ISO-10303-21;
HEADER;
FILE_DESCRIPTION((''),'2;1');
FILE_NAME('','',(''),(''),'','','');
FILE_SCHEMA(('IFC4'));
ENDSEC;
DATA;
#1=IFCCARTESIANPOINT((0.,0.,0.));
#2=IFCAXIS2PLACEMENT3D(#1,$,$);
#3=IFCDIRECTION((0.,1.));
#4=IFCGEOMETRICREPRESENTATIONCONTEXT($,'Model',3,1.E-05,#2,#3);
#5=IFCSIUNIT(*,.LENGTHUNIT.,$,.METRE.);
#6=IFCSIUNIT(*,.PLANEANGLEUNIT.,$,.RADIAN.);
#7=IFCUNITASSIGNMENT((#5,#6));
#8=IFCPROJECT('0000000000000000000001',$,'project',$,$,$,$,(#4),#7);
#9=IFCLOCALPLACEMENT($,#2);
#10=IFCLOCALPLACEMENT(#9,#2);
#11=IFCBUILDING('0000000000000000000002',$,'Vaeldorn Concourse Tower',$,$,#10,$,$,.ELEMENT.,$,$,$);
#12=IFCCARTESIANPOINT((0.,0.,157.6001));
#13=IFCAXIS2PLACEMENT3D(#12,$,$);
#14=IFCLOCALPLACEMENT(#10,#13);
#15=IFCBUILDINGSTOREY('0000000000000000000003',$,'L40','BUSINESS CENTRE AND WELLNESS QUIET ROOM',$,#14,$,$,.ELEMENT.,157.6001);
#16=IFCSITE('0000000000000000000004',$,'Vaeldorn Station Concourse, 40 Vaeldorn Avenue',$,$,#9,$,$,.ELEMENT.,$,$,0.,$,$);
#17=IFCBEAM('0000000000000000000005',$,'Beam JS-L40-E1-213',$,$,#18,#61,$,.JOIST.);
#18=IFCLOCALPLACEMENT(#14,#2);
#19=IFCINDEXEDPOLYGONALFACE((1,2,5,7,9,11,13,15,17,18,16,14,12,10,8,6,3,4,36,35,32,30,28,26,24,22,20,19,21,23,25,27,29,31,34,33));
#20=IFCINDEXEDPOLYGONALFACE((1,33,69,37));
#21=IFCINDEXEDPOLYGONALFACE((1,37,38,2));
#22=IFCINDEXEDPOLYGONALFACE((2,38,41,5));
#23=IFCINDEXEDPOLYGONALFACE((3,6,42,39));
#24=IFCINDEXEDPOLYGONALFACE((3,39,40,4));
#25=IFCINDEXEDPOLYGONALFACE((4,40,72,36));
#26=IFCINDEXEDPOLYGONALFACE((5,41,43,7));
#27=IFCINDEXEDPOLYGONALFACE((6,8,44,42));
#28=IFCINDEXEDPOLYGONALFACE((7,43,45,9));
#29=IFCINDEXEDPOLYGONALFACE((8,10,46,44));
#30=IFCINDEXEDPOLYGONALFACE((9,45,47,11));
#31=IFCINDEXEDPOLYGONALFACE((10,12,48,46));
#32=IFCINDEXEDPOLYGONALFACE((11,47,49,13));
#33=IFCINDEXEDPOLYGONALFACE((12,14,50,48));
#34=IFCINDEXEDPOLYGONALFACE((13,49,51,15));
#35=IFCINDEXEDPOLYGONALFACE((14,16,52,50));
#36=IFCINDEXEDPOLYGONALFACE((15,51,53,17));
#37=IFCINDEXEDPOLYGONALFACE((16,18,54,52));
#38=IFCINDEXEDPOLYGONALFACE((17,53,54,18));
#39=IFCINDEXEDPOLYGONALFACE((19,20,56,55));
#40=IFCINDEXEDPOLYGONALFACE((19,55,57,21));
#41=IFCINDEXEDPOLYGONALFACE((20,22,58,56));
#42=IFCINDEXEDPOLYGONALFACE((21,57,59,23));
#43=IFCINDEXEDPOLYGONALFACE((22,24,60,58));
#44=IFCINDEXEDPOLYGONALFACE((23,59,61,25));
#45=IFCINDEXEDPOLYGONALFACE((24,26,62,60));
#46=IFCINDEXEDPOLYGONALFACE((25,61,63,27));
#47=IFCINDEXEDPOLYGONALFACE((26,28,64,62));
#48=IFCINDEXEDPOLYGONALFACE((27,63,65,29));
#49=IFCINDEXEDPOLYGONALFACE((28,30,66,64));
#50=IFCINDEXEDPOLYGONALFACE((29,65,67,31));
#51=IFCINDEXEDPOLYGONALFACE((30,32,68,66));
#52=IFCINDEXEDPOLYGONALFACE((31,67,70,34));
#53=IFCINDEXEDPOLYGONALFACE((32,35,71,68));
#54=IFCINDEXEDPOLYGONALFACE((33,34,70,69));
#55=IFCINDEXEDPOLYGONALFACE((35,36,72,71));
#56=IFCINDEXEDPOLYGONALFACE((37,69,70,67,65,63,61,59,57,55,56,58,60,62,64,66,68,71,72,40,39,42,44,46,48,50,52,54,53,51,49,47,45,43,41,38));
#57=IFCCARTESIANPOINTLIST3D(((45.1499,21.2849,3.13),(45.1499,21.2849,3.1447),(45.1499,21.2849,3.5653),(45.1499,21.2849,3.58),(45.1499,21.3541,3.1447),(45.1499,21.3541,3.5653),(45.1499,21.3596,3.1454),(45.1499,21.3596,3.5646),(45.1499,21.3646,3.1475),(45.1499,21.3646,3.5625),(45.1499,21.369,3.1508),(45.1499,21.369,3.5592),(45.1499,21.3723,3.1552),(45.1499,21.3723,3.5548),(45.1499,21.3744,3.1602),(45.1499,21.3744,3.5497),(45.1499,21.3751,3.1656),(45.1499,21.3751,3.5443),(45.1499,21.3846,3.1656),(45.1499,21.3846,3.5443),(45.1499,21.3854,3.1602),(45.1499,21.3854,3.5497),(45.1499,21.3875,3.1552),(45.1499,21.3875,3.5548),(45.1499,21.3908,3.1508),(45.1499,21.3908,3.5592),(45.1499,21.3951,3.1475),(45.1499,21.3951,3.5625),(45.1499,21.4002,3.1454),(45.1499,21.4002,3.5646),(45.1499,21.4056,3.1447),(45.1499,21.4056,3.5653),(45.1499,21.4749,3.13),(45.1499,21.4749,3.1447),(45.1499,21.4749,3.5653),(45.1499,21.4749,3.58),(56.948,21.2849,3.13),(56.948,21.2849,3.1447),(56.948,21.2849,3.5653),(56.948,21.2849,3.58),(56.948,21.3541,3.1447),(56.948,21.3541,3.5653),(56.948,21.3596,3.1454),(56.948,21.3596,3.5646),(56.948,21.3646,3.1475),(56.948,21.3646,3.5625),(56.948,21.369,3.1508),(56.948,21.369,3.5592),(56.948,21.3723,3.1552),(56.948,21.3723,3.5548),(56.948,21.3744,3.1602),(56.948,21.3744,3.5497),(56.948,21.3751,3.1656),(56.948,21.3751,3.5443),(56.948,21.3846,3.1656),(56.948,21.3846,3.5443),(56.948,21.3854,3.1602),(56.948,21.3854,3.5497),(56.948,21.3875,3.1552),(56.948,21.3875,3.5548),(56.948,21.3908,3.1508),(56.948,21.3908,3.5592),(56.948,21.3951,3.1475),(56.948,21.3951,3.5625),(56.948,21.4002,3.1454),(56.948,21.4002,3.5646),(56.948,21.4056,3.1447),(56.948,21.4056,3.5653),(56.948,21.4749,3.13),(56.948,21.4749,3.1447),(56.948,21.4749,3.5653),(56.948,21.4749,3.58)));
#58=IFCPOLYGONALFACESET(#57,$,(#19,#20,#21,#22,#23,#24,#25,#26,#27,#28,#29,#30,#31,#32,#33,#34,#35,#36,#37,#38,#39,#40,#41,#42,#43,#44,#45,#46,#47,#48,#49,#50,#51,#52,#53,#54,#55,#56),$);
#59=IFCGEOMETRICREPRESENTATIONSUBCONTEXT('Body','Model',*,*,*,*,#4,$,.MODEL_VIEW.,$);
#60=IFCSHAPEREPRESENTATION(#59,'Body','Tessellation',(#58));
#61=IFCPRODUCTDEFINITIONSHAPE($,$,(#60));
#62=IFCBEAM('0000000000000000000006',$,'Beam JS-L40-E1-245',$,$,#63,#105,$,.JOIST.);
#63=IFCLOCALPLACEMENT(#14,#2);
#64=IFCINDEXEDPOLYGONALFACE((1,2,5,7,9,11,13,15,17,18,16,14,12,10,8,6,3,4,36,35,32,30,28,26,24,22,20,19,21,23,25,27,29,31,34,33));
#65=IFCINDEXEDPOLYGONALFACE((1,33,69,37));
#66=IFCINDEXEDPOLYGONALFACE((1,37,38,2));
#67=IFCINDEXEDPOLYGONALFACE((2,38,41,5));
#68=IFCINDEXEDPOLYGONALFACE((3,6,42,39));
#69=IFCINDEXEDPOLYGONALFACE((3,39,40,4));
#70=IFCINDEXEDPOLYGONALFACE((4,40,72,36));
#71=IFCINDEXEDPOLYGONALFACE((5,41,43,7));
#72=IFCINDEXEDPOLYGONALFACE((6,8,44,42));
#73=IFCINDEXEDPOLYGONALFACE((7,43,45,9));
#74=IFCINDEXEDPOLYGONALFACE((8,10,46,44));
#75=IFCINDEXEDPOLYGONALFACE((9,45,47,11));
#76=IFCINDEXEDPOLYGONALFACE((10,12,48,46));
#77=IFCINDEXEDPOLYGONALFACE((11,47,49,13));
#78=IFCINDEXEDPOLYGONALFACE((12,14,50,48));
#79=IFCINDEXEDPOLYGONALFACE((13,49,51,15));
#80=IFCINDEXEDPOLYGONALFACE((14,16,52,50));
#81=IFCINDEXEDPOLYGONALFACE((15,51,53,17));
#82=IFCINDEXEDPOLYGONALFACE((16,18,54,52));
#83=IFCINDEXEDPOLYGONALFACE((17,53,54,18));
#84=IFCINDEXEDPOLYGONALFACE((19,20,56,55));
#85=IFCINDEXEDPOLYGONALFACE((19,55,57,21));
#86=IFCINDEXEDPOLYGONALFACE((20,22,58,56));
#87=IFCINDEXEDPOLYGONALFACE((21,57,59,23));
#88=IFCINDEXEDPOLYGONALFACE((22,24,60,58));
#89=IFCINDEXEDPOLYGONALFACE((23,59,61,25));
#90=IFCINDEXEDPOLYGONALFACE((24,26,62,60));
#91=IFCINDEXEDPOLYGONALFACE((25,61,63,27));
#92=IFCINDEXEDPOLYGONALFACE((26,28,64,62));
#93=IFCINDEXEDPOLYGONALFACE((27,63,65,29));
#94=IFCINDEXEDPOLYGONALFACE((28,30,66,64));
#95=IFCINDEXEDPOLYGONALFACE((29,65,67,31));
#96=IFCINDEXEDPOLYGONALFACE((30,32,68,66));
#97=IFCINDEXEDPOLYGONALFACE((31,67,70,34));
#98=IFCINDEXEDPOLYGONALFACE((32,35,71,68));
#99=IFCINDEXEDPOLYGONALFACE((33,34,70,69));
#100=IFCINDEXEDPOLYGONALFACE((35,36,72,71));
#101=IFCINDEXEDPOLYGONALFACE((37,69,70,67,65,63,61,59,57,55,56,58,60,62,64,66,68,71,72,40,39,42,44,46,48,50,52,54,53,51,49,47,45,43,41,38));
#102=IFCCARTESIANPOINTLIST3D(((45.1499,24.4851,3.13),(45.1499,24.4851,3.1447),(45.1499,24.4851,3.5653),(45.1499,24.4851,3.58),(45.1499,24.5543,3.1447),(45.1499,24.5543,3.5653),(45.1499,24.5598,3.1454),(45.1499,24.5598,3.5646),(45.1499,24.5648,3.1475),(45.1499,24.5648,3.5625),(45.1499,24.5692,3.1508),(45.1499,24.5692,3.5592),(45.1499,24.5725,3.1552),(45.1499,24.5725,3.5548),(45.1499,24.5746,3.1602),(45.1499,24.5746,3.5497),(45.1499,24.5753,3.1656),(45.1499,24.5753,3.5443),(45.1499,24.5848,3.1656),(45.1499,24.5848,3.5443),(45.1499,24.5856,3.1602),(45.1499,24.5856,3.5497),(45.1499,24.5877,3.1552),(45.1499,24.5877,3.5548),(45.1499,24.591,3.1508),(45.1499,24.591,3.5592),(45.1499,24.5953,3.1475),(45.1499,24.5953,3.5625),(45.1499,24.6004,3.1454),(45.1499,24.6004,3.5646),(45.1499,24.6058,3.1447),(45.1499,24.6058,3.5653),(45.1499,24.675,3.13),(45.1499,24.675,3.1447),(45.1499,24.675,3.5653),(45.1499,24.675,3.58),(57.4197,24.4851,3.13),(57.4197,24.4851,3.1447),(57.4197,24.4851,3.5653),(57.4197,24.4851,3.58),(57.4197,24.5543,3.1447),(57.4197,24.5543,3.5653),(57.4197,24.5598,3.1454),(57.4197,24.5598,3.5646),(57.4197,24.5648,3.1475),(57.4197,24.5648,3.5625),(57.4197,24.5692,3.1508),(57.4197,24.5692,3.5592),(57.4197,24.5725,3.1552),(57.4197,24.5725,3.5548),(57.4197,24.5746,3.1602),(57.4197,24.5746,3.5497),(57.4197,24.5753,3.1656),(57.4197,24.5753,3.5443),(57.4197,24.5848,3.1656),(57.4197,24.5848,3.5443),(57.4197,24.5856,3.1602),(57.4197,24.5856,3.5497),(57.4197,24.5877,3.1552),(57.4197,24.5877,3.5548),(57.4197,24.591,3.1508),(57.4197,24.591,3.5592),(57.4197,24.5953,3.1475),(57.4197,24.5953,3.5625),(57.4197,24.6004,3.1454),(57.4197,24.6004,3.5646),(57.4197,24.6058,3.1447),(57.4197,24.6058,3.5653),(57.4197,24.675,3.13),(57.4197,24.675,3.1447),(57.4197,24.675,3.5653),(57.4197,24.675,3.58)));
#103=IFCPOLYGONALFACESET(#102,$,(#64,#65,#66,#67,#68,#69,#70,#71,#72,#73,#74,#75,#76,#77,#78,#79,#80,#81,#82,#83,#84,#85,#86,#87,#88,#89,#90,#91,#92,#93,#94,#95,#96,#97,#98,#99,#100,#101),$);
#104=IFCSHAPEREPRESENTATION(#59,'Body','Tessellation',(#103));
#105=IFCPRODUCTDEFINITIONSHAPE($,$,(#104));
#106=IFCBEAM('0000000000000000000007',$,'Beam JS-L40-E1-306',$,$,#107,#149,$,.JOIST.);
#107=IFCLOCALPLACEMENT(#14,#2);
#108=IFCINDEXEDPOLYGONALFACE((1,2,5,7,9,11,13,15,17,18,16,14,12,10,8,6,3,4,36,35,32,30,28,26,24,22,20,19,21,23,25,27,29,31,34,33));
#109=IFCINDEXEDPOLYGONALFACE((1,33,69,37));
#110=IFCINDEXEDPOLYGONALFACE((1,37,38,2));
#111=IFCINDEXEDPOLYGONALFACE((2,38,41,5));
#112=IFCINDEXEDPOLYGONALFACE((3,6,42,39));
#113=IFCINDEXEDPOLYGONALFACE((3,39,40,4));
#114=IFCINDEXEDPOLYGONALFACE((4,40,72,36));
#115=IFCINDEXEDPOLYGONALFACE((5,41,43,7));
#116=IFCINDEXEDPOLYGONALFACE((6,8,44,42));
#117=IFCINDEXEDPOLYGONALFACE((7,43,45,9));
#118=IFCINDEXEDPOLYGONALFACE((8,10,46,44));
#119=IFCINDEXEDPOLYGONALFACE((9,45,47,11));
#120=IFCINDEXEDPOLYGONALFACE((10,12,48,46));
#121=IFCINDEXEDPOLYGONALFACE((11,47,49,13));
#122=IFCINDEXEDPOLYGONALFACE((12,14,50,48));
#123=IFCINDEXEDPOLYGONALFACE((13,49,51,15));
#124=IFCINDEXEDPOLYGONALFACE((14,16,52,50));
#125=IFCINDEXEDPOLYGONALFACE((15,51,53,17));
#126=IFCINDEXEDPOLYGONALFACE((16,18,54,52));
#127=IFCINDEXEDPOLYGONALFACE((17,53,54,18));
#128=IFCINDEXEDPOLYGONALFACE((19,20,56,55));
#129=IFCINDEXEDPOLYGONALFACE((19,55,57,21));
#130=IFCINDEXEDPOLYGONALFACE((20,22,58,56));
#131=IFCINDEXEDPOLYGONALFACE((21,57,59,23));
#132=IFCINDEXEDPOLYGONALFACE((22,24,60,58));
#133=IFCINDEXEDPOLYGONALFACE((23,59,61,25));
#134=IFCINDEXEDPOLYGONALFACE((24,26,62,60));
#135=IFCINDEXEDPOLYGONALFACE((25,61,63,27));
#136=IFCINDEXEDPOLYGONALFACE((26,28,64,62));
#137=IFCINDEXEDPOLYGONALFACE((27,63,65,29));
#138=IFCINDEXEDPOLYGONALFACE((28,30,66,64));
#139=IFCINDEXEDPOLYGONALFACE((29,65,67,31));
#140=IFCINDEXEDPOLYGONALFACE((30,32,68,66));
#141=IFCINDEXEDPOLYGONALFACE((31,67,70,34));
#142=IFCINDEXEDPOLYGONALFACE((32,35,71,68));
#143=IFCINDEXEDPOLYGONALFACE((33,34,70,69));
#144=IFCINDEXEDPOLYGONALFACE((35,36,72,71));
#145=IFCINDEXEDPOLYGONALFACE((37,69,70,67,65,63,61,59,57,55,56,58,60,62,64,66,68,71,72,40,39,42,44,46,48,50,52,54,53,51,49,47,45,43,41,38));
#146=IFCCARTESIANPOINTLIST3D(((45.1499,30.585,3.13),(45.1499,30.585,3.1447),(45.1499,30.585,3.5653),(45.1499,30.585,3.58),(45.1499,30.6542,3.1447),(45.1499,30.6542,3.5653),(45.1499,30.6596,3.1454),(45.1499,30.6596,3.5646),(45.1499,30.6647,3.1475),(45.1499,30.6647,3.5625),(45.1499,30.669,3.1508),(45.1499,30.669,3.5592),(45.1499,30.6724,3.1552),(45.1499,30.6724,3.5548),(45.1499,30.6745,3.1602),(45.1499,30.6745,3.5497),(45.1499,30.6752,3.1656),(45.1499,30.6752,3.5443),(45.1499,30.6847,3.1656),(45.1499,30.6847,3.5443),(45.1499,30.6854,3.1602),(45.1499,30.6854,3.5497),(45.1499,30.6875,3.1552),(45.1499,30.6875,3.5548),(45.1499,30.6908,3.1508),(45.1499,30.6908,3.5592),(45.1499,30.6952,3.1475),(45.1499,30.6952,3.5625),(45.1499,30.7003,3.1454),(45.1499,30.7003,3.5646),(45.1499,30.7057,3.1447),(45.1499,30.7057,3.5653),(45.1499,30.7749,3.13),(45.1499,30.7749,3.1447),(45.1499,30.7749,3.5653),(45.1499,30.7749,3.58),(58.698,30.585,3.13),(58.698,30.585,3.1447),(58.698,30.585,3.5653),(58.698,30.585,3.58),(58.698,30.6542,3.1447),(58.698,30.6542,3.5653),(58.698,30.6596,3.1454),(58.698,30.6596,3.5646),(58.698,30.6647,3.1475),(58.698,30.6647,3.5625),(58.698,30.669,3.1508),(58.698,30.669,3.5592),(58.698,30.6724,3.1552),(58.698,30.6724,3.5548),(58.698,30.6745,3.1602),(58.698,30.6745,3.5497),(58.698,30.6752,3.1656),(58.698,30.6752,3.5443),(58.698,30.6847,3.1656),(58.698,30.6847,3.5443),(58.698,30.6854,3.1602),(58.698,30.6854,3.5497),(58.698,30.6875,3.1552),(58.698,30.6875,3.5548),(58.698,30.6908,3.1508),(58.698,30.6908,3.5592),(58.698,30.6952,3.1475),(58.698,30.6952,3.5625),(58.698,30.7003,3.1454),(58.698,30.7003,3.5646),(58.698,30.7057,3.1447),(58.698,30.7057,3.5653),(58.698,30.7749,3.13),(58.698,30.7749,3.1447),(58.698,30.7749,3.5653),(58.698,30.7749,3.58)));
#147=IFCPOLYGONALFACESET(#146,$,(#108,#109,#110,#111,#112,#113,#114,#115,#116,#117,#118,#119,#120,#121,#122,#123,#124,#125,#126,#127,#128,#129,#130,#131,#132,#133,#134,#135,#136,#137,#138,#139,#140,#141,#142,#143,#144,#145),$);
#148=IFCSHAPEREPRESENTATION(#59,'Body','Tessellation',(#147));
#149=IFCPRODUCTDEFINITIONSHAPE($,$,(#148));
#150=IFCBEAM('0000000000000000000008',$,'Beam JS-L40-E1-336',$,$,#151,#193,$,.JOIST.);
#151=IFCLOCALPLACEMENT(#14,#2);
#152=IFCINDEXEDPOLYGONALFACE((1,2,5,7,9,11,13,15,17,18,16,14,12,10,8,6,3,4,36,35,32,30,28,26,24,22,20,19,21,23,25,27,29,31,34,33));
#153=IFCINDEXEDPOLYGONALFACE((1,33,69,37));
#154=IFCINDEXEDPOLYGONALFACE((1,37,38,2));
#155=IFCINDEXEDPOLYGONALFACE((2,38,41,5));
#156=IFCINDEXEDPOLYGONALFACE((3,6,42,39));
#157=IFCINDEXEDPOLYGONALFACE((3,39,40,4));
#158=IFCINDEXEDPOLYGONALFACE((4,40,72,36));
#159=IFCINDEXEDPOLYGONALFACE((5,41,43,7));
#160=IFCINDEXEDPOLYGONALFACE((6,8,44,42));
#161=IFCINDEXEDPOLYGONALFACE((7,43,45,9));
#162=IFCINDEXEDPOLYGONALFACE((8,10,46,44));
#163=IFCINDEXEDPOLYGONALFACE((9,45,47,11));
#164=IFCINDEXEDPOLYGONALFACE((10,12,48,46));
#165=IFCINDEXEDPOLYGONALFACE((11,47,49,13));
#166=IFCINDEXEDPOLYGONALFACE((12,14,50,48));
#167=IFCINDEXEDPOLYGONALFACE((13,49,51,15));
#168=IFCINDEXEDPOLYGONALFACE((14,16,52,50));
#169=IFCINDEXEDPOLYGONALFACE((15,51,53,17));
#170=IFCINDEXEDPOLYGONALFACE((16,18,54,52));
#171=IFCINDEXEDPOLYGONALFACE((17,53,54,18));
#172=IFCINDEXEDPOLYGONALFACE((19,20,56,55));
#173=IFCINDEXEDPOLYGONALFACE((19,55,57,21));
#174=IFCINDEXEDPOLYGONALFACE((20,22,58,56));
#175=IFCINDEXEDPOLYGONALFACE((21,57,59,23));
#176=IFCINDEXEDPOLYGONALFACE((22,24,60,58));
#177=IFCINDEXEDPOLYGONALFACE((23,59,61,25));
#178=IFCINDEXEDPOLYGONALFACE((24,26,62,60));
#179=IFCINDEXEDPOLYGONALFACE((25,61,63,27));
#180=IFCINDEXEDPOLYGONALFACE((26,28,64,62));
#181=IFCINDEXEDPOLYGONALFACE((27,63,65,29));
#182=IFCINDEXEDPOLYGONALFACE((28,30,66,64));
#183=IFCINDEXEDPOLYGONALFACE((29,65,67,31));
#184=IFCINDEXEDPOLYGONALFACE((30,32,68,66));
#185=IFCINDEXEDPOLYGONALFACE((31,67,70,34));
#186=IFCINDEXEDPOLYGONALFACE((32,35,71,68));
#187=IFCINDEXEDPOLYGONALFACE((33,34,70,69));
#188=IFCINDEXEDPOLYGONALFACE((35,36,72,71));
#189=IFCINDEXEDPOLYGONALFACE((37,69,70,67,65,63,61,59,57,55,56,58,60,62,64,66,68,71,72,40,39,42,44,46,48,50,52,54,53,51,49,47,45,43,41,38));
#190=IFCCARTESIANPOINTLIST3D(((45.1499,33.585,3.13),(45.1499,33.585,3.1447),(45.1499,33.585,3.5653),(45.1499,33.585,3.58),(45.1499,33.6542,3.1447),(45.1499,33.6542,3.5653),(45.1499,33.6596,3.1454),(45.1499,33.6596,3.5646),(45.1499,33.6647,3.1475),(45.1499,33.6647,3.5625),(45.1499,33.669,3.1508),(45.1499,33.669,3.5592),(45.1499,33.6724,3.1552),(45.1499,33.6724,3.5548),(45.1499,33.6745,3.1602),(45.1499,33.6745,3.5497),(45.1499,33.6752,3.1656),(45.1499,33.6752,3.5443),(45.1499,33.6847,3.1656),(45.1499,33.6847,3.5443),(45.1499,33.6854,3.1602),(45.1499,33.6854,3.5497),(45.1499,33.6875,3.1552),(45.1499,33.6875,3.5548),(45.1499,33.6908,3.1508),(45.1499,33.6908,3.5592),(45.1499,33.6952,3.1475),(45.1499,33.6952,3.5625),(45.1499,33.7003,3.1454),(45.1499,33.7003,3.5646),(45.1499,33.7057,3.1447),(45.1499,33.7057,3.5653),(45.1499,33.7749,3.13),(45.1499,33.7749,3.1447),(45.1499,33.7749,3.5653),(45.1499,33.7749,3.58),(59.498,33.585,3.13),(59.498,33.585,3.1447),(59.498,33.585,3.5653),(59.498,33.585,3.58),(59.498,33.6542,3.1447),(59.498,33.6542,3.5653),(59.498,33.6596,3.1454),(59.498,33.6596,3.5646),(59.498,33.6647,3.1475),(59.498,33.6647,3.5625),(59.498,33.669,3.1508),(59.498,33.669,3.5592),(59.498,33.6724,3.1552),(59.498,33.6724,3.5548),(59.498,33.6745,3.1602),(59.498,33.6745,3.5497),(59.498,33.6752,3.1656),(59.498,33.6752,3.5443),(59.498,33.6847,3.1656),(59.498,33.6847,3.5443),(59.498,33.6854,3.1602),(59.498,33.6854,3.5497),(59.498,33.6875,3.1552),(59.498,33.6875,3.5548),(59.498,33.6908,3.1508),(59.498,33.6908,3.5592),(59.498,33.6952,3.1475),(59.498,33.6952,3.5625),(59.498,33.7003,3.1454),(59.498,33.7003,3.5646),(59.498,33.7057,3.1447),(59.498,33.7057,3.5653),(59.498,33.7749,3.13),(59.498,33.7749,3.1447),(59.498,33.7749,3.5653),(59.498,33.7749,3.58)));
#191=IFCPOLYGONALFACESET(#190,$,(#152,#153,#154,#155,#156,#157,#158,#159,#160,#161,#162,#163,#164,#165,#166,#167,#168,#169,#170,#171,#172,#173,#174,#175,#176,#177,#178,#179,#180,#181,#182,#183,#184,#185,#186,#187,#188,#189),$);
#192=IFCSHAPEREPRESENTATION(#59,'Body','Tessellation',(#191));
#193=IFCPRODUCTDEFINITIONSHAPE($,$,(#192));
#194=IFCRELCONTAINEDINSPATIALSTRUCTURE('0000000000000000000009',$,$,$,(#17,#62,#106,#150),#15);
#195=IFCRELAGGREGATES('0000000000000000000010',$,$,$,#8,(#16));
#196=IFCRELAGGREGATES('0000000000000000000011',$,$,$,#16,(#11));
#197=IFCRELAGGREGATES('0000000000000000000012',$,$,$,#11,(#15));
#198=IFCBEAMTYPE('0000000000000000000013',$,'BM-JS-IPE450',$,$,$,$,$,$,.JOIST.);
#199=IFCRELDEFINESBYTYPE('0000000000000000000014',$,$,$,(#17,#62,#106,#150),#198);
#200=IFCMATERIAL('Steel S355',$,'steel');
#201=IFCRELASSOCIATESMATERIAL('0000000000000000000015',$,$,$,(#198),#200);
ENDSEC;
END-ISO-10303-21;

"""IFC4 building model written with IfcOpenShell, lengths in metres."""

from ifc_helpers import new_model, si_unit, direction, frame, origin, origin_2d, place, context, subcontext, project, spatial, i_section, extrude, source, transform, mapped, material, material_profile, profile_set, type_object, element, save


model = new_model("IFC4")

# Units and contexts
model_context = context("Model", 3, precision=1e-05, world=origin(), true_north=direction((0.0, 1.0)))
body_context = subcontext(model_context, "Body", "Model", "MODEL_VIEW")
ifc_project = project(units=[si_unit("LENGTHUNIT", "METRE"), si_unit("PLANEANGLEUNIT", "RADIAN")], contexts=[model_context])

# Site, building, storey
site_placement = place(None, origin())
site = spatial("IfcSite", under=ifc_project, at=site_placement, Name="Vaeldorn Station Concourse, 40 Vaeldorn Avenue", CompositionType="ELEMENT", RefElevation=0.0)
building_placement = place(site_placement, origin())
building = spatial("IfcBuilding", under=site, at=building_placement, Name="Vaeldorn Concourse Tower", CompositionType="ELEMENT")
storey_placement = place(building_placement, frame((0.0, 0.0, 157.6001)))
storey = spatial("IfcBuildingStorey", under=building, at=storey_placement, Name="L40", Description="BUSINESS CENTRE AND WELLNESS QUIET ROOM", CompositionType="ELEMENT", Elevation=157.6001)

# Beams
ifc_material_1 = material(Name="Steel S355", Category="steel")
ifc_material_profile_1 = material_profile(ifc_material_1, i_section(OverallWidth=0.1899, OverallDepth=0.45, WebThickness=0.0095, FlangeThickness=0.0146, FilletRadius=0.021, at=origin_2d()), Name="IPE 450")
ifc_profile_set_1 = profile_set([ifc_material_profile_1], Name="Steel S355")
beam_type_1 = type_object("IfcBeamType", Name="BM-JS-IPE450", PredefinedType="JOIST", material=ifc_profile_set_1)
shared_shape_1 = source(origin(), body_context, "Body", "SweptSolid", [
    extrude(i_section(OverallWidth=0.1899, OverallDepth=0.45, WebThickness=0.0095, FlangeThickness=0.0146, FilletRadius=0.021, at=origin_2d()), origin(), (0.0, 0.0, 1.0), 11.7981),
])
beam_1_placement = place(storey_placement, frame((45.1499, 21.3799, 3.355), z_axis=(1.0, 0.0, 0.0), x_axis=(0.0, 1.0, 0.0)))
element("IfcBeam", 1, at=beam_1_placement, inside=storey, type_object=beam_type_1, Name="Beam JS-L40-E1-213", PredefinedType="JOIST", context=body_context, shape_type="MappedRepresentation", body=[
    mapped(shared_shape_1, transform((0.0, 0.0, 0.0), scale=1.0)),
])
shared_shape_2 = source(origin(), body_context, "Body", "SweptSolid", [
    extrude(i_section(OverallWidth=0.1899, OverallDepth=0.45, WebThickness=0.0095, FlangeThickness=0.0146, FilletRadius=0.021, at=origin_2d()), origin(), (0.0, 0.0, 1.0), 12.2698),
])
beam_2_placement = place(storey_placement, frame((45.1499, 24.5801, 3.355), z_axis=(1.0, 0.0, 0.0), x_axis=(0.0, 1.0, 0.0)))
element("IfcBeam", 2, at=beam_2_placement, inside=storey, type_object=beam_type_1, Name="Beam JS-L40-E1-245", PredefinedType="JOIST", context=body_context, shape_type="MappedRepresentation", body=[
    mapped(shared_shape_2, transform((0.0, 0.0, 0.0), scale=1.0)),
])
shared_shape_3 = source(origin(), body_context, "Body", "SweptSolid", [
    extrude(i_section(OverallWidth=0.1899, OverallDepth=0.45, WebThickness=0.0095, FlangeThickness=0.0146, FilletRadius=0.021, at=origin_2d()), origin(), (0.0, 0.0, 1.0), 13.5481),
])
beam_3_placement = place(storey_placement, frame((45.1499, 30.6799, 3.355), z_axis=(1.0, 0.0, 0.0), x_axis=(0.0, 1.0, 0.0)))
element("IfcBeam", 3, at=beam_3_placement, inside=storey, type_object=beam_type_1, Name="Beam JS-L40-E1-306", PredefinedType="JOIST", context=body_context, shape_type="MappedRepresentation", body=[
    mapped(shared_shape_3, transform((0.0, 0.0, 0.0), scale=1.0)),
])
shared_shape_4 = source(origin(), body_context, "Body", "SweptSolid", [
    extrude(i_section(OverallWidth=0.1899, OverallDepth=0.45, WebThickness=0.0095, FlangeThickness=0.0146, FilletRadius=0.021, at=origin_2d()), origin(), (0.0, 0.0, 1.0), 14.3481),
])
beam_4_placement = place(storey_placement, frame((45.1499, 33.6799, 3.355), z_axis=(1.0, 0.0, 0.0), x_axis=(0.0, 1.0, 0.0)))
element("IfcBeam", 4, at=beam_4_placement, inside=storey, type_object=beam_type_1, Name="Beam JS-L40-E1-336", PredefinedType="JOIST", context=body_context, shape_type="MappedRepresentation", body=[
    mapped(shared_shape_4, transform((0.0, 0.0, 0.0), scale=1.0)),
])

save(model, "model.ifc")
